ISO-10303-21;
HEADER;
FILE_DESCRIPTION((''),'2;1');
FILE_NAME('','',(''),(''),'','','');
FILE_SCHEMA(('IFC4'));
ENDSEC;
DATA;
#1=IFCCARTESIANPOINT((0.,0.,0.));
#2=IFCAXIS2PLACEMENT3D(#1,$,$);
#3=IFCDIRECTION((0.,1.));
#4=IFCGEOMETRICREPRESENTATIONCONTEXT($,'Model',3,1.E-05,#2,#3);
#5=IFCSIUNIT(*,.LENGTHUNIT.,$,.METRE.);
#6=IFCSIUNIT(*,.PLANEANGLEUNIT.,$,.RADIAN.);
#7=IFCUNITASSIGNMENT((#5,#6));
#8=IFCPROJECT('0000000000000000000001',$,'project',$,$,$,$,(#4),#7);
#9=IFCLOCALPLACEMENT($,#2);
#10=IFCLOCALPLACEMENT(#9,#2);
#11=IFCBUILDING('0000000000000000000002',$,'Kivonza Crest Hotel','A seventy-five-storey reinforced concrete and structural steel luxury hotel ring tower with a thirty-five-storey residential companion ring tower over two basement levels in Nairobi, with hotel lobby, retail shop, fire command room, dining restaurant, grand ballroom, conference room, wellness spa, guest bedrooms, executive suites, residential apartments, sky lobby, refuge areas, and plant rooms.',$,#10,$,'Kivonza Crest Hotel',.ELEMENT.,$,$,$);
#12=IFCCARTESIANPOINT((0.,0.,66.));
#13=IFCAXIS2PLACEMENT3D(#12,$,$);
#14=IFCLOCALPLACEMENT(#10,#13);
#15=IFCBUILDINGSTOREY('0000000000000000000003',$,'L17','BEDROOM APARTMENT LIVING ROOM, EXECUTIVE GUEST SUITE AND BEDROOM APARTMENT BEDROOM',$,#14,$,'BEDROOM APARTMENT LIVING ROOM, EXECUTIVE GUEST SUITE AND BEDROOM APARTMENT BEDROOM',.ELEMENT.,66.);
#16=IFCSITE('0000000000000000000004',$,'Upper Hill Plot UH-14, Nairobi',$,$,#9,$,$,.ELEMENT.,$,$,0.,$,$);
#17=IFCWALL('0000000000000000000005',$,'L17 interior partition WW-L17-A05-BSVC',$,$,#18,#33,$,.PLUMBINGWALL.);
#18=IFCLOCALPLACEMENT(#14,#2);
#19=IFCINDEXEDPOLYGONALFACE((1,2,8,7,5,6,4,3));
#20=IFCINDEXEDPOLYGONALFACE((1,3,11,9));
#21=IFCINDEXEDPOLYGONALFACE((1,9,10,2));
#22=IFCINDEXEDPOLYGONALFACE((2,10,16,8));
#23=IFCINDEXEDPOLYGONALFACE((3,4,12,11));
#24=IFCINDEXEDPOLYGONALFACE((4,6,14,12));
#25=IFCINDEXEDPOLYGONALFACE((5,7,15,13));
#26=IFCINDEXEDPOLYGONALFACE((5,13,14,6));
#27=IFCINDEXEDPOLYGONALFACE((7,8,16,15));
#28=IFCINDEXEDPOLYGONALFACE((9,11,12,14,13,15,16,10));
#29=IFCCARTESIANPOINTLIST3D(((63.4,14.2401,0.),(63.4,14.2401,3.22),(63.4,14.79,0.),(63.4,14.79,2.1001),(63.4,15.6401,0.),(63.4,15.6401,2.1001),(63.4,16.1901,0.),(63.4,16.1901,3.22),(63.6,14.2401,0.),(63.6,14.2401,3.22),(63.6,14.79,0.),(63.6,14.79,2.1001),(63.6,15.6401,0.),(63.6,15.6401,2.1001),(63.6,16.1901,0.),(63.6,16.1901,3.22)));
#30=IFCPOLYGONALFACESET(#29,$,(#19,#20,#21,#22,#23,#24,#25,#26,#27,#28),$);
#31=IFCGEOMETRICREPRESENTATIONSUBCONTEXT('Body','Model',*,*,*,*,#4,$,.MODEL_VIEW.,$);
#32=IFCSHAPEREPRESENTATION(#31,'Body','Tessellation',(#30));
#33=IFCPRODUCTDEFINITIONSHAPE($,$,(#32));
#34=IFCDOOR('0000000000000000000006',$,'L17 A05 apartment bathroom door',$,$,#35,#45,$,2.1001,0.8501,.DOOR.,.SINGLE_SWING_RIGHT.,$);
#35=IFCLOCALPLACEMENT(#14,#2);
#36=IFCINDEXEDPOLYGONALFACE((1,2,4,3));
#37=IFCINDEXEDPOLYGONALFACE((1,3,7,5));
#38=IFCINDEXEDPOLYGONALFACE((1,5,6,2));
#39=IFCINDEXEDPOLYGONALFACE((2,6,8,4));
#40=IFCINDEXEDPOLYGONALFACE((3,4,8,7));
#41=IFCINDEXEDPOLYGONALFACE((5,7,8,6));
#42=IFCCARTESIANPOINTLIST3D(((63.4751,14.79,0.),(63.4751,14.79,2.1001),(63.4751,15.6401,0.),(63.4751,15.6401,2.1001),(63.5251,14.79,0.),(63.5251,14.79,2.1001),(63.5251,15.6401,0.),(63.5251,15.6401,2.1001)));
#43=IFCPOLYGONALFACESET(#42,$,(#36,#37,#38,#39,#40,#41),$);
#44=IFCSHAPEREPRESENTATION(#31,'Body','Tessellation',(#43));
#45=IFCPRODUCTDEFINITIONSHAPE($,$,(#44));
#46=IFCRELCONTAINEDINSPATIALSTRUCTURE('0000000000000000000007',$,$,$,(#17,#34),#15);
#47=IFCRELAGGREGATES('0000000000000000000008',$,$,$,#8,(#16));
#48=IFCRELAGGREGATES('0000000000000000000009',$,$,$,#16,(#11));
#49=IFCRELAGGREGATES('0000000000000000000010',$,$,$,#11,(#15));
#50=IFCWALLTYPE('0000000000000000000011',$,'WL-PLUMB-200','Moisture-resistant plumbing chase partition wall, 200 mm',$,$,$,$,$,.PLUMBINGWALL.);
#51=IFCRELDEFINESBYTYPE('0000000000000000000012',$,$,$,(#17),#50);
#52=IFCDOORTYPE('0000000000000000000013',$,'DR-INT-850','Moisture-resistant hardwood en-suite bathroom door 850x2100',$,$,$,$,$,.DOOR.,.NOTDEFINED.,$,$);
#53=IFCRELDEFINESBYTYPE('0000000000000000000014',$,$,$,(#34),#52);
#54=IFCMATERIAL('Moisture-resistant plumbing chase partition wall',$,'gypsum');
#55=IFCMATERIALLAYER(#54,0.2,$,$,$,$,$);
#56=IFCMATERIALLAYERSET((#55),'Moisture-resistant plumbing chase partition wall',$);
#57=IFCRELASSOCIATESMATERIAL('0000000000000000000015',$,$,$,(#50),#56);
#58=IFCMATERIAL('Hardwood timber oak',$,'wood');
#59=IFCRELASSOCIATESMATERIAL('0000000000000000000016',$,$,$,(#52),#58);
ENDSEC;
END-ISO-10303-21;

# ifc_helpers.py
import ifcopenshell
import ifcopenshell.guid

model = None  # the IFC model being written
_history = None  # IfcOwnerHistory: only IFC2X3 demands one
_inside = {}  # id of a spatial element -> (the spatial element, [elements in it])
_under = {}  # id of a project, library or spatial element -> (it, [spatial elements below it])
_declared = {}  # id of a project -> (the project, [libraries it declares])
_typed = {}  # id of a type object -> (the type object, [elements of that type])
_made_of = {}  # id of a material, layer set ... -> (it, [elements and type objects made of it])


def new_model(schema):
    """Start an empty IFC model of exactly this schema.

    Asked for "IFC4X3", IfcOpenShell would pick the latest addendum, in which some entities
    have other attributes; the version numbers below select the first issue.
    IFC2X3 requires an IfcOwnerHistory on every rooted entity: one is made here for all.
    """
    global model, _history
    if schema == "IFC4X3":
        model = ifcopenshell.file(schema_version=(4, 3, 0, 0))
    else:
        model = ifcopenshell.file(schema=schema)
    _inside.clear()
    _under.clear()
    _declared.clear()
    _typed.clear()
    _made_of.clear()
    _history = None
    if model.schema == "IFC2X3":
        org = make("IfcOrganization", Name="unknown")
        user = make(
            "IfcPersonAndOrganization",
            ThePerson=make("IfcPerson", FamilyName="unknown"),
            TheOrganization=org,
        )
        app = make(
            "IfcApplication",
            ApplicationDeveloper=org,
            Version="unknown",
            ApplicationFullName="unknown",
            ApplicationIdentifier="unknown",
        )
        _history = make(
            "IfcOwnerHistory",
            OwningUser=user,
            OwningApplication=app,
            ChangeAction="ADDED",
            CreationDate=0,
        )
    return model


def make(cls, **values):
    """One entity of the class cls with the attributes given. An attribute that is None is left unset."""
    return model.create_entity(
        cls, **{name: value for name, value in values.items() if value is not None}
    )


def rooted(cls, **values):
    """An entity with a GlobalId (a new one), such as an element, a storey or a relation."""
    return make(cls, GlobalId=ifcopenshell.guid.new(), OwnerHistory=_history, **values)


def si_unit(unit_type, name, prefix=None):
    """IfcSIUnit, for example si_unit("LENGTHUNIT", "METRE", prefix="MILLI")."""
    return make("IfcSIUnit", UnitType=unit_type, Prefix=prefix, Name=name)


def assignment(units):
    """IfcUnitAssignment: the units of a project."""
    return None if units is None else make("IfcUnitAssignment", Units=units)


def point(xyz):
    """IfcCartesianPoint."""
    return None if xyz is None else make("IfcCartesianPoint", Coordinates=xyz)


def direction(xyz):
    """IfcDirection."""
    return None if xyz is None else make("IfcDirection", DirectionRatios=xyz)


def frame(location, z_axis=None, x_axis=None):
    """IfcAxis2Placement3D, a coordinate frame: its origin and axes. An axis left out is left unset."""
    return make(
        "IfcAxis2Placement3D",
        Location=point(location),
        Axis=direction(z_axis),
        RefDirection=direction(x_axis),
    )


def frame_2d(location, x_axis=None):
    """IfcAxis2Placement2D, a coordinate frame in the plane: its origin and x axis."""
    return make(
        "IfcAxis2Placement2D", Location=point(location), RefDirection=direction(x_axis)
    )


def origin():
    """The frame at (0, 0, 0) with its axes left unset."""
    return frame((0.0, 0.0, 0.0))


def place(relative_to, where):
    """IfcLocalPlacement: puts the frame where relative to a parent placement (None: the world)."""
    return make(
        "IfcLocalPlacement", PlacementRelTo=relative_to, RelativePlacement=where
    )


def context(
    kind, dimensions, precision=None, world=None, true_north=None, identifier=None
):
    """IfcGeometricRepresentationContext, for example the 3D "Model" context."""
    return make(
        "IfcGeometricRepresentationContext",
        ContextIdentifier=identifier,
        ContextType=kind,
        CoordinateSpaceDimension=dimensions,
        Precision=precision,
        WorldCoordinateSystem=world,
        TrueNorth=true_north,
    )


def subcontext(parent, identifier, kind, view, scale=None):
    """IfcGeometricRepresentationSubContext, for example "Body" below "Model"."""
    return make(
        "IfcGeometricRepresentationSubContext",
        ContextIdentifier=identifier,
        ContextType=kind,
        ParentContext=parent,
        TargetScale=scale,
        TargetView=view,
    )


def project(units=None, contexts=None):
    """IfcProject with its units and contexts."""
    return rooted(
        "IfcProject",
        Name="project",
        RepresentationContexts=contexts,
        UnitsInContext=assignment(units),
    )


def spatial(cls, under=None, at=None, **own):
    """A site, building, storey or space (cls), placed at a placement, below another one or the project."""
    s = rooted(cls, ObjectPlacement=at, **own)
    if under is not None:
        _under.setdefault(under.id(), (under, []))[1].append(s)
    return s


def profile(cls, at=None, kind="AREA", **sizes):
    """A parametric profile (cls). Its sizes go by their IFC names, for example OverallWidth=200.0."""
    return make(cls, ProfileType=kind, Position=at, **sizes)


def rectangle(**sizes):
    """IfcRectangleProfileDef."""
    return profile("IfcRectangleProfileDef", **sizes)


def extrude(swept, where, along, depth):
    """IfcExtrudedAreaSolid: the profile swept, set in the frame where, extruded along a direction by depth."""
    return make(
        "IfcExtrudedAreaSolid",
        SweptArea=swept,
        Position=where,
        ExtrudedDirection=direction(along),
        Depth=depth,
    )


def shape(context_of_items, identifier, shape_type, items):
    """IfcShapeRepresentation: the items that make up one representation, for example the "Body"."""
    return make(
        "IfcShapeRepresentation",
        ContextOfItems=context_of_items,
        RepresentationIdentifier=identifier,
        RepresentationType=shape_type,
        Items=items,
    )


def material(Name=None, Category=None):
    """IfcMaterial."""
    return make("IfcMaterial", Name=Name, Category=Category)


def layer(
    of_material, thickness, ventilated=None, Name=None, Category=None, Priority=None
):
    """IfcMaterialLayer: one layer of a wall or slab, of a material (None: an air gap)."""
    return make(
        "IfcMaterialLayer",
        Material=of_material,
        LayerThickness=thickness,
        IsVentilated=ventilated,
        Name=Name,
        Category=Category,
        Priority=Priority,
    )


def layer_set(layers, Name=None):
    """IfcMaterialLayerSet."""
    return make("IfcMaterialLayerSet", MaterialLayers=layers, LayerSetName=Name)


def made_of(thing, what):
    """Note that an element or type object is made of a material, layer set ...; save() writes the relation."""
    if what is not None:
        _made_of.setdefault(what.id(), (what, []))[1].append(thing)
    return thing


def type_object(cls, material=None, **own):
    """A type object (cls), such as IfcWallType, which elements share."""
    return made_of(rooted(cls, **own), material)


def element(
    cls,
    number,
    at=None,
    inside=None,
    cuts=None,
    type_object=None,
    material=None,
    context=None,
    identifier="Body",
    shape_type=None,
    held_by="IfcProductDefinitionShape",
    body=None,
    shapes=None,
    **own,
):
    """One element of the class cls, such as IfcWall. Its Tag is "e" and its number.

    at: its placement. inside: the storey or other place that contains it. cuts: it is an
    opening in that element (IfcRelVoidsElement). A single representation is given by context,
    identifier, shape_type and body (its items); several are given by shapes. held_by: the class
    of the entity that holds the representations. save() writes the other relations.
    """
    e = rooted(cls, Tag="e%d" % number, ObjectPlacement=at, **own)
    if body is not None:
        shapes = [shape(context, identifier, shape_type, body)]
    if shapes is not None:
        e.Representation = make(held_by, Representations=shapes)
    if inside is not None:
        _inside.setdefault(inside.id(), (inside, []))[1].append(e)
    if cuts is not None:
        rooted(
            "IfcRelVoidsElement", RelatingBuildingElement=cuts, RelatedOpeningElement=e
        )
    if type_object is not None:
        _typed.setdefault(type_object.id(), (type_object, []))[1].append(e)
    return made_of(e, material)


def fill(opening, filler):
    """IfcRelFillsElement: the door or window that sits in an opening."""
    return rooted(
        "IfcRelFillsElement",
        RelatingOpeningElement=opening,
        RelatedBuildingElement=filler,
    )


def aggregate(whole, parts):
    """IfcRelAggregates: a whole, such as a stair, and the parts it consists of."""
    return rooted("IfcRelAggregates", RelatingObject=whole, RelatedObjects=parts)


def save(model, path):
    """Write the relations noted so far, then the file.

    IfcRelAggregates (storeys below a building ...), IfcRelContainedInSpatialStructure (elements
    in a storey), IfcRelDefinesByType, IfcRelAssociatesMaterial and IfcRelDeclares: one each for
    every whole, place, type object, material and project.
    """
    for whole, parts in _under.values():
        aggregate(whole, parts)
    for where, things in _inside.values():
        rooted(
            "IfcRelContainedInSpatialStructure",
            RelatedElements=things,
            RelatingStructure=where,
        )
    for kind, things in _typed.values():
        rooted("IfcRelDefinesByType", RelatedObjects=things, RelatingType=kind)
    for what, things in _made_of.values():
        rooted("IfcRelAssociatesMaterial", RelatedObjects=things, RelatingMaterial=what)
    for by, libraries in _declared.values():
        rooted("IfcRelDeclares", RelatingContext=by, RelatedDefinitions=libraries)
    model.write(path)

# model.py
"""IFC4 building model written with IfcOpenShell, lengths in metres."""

from ifc_helpers import new_model, si_unit, direction, frame, frame_2d, origin, place, context, subcontext, project, spatial, rectangle, extrude, material, layer, layer_set, type_object, element, fill, save


model = new_model("IFC4")

# Units and contexts
model_context = context("Model", 3, precision=1e-05, world=origin(), true_north=direction((0.0, 1.0)))
body_context = subcontext(model_context, "Body", "Model", "MODEL_VIEW")
ifc_project = project(units=[si_unit("LENGTHUNIT", "METRE"), si_unit("PLANEANGLEUNIT", "RADIAN")], contexts=[model_context])

# Site, building, storey
site_placement = place(None, origin())
site = spatial("IfcSite", under=ifc_project, at=site_placement, Name="Upper Hill Plot UH-14, Nairobi", CompositionType="ELEMENT", RefElevation=0.0)
building_placement = place(site_placement, origin())
building = spatial("IfcBuilding", under=site, at=building_placement, Name="Kivonza Crest Hotel", Description="A seventy-five-storey reinforced concrete and structural steel luxury hotel ring tower with a thirty-five-storey residential companion ring tower over two basement levels in Nairobi, with hotel lobby, retail shop, fire command room, dining restaurant, grand ballroom, conference room, wellness spa, guest bedrooms, executive suites, residential apartments, sky lobby, refuge areas, and plant rooms.", LongName="Kivonza Crest Hotel", CompositionType="ELEMENT")
storey_placement = place(building_placement, frame((0.0, 0.0, 66.0)))
storey = spatial("IfcBuildingStorey", under=building, at=storey_placement, Name="L17", Description="BEDROOM APARTMENT LIVING ROOM, EXECUTIVE GUEST SUITE AND BEDROOM APARTMENT BEDROOM", LongName="BEDROOM APARTMENT LIVING ROOM, EXECUTIVE GUEST SUITE AND BEDROOM APARTMENT BEDROOM", CompositionType="ELEMENT", Elevation=66.0)

# Wall, opening, door
ifc_material_1 = material(Name="Hardwood timber oak", Category="wood")
ifc_material_2 = material(Name="Moisture-resistant plumbing chase partition wall", Category="gypsum")
ifc_layer_1 = layer(ifc_material_2, 0.2)
ifc_layer_set_1 = layer_set([ifc_layer_1], Name="Moisture-resistant plumbing chase partition wall")
wall_type_1 = type_object("IfcWallType", Name="WL-PLUMB-200", Description="Moisture-resistant plumbing chase partition wall, 200 mm", PredefinedType="PLUMBINGWALL", material=ifc_layer_set_1)
wall_1_placement = place(storey_placement, frame((63.5, 14.24, 0.0), z_axis=(0.0, 0.0, 1.0), x_axis=(0.0, 1.0, 0.0)))
wall_1 = element("IfcWall", 1, at=wall_1_placement, inside=storey, type_object=wall_type_1, Name="L17 interior partition WW-L17-A05-BSVC", PredefinedType="PLUMBINGWALL", context=body_context, shape_type="SweptSolid", body=[
    extrude(rectangle(XDim=1.95, YDim=0.2, at=frame_2d((0.9751, 0.0))), origin(), (0.0, 0.0, 1.0), 3.22),
])
opening_1_placement = place(wall_1_placement, frame((0.55, 0.0, 0.0)))
opening_1 = element("IfcOpeningElement", 2, at=opening_1_placement, cuts=wall_1, PredefinedType="OPENING", context=body_context, shape_type="SweptSolid", body=[
    extrude(rectangle(XDim=0.8501, YDim=2.1001, at=frame_2d((0.425, 1.05))), frame((0.0, 0.1099, 0.0), z_axis=(0.0, -1.0, 0.0), x_axis=(1.0, 0.0, 0.0)), (0.0, 0.0, 1.0), 0.22),
])
door_type_1 = type_object("IfcDoorType", Name="DR-INT-850", Description="Moisture-resistant hardwood en-suite bathroom door 850x2100", OperationType="NOTDEFINED", PredefinedType="DOOR", material=ifc_material_1)
door_1_placement = place(opening_1_placement, origin())
door_1 = element("IfcDoor", 3, at=door_1_placement, inside=storey, type_object=door_type_1, Name="L17 A05 apartment bathroom door", OperationType="SINGLE_SWING_RIGHT", OverallHeight=2.1001, OverallWidth=0.8501, PredefinedType="DOOR", context=body_context, shape_type="SweptSolid", body=[
    extrude(rectangle(XDim=0.8501, YDim=2.1001, at=frame_2d((0.425, 1.05))), frame((0.0, 0.0249, 0.0), z_axis=(0.0, -1.0, 0.0), x_axis=(1.0, 0.0, 0.0)), (0.0, 0.0, 1.0), 0.05),
])
fill(opening_1, door_1)

save(model, "model.ifc")
